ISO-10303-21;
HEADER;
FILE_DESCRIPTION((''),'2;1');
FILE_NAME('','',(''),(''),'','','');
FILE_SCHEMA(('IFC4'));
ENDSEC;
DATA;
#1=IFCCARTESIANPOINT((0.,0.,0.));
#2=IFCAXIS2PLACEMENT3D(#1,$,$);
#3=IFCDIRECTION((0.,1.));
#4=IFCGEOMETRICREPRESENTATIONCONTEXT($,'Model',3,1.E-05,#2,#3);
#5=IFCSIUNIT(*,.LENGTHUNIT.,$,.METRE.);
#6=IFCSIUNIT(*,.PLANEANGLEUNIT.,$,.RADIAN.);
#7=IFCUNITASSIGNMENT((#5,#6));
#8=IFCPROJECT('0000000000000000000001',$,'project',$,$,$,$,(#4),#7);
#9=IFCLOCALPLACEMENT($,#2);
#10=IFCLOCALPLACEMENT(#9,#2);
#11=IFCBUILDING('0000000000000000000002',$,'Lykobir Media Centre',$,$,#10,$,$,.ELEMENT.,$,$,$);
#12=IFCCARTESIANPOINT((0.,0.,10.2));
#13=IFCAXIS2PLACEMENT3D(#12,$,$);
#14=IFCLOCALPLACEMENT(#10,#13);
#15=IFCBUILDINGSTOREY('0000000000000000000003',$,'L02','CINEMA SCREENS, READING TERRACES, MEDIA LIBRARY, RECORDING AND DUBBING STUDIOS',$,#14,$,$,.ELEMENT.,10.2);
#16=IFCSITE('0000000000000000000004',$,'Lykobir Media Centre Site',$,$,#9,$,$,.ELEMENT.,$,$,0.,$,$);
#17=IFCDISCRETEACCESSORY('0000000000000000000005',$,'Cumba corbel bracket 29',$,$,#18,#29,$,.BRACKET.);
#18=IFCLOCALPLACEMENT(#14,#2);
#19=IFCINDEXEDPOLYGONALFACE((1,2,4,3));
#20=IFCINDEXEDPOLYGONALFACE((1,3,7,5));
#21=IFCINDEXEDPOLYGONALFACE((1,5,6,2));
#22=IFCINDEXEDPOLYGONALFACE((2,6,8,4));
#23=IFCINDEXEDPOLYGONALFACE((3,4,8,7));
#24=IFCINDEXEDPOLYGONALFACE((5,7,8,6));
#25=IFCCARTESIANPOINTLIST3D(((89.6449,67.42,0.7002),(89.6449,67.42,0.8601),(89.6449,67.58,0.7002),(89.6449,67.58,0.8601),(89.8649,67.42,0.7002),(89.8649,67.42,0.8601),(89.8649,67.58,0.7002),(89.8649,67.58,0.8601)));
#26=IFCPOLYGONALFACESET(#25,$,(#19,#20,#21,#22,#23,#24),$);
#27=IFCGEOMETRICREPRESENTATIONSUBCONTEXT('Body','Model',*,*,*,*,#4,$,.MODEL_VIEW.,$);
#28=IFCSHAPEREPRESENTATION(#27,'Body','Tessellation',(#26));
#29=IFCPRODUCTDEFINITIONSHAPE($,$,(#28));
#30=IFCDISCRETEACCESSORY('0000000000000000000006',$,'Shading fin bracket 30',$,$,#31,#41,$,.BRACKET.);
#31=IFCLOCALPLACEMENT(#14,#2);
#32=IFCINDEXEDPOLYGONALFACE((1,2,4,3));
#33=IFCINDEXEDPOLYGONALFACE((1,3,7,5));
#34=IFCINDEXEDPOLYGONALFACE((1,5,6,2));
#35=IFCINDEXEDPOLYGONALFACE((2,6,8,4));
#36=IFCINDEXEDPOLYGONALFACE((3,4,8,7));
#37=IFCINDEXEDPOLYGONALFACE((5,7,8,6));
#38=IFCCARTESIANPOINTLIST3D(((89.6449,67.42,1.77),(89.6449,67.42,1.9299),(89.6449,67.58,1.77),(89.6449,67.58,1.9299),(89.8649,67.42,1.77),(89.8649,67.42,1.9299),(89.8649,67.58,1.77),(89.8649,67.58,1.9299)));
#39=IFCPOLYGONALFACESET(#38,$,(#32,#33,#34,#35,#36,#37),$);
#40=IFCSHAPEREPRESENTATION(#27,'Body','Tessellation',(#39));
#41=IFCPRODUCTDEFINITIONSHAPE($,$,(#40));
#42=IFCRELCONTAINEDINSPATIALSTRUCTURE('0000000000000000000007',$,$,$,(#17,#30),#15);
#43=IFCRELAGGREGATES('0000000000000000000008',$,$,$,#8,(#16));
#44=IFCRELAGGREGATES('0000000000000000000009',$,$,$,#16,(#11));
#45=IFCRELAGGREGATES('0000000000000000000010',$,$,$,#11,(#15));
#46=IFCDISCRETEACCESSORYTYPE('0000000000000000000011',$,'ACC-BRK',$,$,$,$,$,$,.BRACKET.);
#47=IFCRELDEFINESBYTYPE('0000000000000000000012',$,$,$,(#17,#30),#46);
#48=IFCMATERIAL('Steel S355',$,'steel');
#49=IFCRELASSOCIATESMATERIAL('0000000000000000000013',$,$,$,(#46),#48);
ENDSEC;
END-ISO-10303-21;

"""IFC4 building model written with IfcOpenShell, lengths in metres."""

from ifc_helpers import new_model, si_unit, direction, frame, origin, origin_2d, place, context, subcontext, project, spatial, rectangle, extrude, material, type_object, element, save


model = new_model("IFC4")

# Units and contexts
model_context = context("Model", 3, precision=1e-05, world=origin(), true_north=direction((0.0, 1.0)))
body_context = subcontext(model_context, "Body", "Model", "MODEL_VIEW")
ifc_project = project(units=[si_unit("LENGTHUNIT", "METRE"), si_unit("PLANEANGLEUNIT", "RADIAN")], contexts=[model_context])

# Site, building, storey
site_placement = place(None, origin())
site = spatial("IfcSite", under=ifc_project, at=site_placement, Name="Lykobir Media Centre Site", CompositionType="ELEMENT", RefElevation=0.0)
building_placement = place(site_placement, origin())
building = spatial("IfcBuilding", under=site, at=building_placement, Name="Lykobir Media Centre", CompositionType="ELEMENT")
storey_placement = place(building_placement, frame((0.0, 0.0, 10.2)))
storey = spatial("IfcBuildingStorey", under=building, at=storey_placement, Name="L02", Description="CINEMA SCREENS, READING TERRACES, MEDIA LIBRARY, RECORDING AND DUBBING STUDIOS", CompositionType="ELEMENT", Elevation=10.2)

# Shared definitions
ifc_material_1 = material(Name="Steel S355", Category="steel")

# Discrete accessories
discrete_accessory_type = type_object("IfcDiscreteAccessoryType", Name="ACC-BRK", PredefinedType="BRACKET", material=ifc_material_1)
for number, where, z_axis, x_axis, name in (
    (1, (89.7549, 67.5, 0.7002), (0.0, 0.0, 1.0), (0.0, -1.0, 0.0), "Cumba corbel bracket 29"),
    (2, (89.7549, 67.5, 1.77), (0.0, 0.0, 1.0), (0.0, -1.0, 0.0), "Shading fin bracket 30"),
):
    element("IfcDiscreteAccessory", number, at=place(storey_placement, frame(where, z_axis=z_axis, x_axis=x_axis)), inside=storey, type_object=discrete_accessory_type, Name=name, PredefinedType="BRACKET", context=body_context, shape_type="SweptSolid", body=[
        extrude(rectangle(XDim=0.1599, YDim=0.22, at=origin_2d()), origin(), (0.0, 0.0, 1.0), 0.1599),
    ])

save(model, "model.ifc")
